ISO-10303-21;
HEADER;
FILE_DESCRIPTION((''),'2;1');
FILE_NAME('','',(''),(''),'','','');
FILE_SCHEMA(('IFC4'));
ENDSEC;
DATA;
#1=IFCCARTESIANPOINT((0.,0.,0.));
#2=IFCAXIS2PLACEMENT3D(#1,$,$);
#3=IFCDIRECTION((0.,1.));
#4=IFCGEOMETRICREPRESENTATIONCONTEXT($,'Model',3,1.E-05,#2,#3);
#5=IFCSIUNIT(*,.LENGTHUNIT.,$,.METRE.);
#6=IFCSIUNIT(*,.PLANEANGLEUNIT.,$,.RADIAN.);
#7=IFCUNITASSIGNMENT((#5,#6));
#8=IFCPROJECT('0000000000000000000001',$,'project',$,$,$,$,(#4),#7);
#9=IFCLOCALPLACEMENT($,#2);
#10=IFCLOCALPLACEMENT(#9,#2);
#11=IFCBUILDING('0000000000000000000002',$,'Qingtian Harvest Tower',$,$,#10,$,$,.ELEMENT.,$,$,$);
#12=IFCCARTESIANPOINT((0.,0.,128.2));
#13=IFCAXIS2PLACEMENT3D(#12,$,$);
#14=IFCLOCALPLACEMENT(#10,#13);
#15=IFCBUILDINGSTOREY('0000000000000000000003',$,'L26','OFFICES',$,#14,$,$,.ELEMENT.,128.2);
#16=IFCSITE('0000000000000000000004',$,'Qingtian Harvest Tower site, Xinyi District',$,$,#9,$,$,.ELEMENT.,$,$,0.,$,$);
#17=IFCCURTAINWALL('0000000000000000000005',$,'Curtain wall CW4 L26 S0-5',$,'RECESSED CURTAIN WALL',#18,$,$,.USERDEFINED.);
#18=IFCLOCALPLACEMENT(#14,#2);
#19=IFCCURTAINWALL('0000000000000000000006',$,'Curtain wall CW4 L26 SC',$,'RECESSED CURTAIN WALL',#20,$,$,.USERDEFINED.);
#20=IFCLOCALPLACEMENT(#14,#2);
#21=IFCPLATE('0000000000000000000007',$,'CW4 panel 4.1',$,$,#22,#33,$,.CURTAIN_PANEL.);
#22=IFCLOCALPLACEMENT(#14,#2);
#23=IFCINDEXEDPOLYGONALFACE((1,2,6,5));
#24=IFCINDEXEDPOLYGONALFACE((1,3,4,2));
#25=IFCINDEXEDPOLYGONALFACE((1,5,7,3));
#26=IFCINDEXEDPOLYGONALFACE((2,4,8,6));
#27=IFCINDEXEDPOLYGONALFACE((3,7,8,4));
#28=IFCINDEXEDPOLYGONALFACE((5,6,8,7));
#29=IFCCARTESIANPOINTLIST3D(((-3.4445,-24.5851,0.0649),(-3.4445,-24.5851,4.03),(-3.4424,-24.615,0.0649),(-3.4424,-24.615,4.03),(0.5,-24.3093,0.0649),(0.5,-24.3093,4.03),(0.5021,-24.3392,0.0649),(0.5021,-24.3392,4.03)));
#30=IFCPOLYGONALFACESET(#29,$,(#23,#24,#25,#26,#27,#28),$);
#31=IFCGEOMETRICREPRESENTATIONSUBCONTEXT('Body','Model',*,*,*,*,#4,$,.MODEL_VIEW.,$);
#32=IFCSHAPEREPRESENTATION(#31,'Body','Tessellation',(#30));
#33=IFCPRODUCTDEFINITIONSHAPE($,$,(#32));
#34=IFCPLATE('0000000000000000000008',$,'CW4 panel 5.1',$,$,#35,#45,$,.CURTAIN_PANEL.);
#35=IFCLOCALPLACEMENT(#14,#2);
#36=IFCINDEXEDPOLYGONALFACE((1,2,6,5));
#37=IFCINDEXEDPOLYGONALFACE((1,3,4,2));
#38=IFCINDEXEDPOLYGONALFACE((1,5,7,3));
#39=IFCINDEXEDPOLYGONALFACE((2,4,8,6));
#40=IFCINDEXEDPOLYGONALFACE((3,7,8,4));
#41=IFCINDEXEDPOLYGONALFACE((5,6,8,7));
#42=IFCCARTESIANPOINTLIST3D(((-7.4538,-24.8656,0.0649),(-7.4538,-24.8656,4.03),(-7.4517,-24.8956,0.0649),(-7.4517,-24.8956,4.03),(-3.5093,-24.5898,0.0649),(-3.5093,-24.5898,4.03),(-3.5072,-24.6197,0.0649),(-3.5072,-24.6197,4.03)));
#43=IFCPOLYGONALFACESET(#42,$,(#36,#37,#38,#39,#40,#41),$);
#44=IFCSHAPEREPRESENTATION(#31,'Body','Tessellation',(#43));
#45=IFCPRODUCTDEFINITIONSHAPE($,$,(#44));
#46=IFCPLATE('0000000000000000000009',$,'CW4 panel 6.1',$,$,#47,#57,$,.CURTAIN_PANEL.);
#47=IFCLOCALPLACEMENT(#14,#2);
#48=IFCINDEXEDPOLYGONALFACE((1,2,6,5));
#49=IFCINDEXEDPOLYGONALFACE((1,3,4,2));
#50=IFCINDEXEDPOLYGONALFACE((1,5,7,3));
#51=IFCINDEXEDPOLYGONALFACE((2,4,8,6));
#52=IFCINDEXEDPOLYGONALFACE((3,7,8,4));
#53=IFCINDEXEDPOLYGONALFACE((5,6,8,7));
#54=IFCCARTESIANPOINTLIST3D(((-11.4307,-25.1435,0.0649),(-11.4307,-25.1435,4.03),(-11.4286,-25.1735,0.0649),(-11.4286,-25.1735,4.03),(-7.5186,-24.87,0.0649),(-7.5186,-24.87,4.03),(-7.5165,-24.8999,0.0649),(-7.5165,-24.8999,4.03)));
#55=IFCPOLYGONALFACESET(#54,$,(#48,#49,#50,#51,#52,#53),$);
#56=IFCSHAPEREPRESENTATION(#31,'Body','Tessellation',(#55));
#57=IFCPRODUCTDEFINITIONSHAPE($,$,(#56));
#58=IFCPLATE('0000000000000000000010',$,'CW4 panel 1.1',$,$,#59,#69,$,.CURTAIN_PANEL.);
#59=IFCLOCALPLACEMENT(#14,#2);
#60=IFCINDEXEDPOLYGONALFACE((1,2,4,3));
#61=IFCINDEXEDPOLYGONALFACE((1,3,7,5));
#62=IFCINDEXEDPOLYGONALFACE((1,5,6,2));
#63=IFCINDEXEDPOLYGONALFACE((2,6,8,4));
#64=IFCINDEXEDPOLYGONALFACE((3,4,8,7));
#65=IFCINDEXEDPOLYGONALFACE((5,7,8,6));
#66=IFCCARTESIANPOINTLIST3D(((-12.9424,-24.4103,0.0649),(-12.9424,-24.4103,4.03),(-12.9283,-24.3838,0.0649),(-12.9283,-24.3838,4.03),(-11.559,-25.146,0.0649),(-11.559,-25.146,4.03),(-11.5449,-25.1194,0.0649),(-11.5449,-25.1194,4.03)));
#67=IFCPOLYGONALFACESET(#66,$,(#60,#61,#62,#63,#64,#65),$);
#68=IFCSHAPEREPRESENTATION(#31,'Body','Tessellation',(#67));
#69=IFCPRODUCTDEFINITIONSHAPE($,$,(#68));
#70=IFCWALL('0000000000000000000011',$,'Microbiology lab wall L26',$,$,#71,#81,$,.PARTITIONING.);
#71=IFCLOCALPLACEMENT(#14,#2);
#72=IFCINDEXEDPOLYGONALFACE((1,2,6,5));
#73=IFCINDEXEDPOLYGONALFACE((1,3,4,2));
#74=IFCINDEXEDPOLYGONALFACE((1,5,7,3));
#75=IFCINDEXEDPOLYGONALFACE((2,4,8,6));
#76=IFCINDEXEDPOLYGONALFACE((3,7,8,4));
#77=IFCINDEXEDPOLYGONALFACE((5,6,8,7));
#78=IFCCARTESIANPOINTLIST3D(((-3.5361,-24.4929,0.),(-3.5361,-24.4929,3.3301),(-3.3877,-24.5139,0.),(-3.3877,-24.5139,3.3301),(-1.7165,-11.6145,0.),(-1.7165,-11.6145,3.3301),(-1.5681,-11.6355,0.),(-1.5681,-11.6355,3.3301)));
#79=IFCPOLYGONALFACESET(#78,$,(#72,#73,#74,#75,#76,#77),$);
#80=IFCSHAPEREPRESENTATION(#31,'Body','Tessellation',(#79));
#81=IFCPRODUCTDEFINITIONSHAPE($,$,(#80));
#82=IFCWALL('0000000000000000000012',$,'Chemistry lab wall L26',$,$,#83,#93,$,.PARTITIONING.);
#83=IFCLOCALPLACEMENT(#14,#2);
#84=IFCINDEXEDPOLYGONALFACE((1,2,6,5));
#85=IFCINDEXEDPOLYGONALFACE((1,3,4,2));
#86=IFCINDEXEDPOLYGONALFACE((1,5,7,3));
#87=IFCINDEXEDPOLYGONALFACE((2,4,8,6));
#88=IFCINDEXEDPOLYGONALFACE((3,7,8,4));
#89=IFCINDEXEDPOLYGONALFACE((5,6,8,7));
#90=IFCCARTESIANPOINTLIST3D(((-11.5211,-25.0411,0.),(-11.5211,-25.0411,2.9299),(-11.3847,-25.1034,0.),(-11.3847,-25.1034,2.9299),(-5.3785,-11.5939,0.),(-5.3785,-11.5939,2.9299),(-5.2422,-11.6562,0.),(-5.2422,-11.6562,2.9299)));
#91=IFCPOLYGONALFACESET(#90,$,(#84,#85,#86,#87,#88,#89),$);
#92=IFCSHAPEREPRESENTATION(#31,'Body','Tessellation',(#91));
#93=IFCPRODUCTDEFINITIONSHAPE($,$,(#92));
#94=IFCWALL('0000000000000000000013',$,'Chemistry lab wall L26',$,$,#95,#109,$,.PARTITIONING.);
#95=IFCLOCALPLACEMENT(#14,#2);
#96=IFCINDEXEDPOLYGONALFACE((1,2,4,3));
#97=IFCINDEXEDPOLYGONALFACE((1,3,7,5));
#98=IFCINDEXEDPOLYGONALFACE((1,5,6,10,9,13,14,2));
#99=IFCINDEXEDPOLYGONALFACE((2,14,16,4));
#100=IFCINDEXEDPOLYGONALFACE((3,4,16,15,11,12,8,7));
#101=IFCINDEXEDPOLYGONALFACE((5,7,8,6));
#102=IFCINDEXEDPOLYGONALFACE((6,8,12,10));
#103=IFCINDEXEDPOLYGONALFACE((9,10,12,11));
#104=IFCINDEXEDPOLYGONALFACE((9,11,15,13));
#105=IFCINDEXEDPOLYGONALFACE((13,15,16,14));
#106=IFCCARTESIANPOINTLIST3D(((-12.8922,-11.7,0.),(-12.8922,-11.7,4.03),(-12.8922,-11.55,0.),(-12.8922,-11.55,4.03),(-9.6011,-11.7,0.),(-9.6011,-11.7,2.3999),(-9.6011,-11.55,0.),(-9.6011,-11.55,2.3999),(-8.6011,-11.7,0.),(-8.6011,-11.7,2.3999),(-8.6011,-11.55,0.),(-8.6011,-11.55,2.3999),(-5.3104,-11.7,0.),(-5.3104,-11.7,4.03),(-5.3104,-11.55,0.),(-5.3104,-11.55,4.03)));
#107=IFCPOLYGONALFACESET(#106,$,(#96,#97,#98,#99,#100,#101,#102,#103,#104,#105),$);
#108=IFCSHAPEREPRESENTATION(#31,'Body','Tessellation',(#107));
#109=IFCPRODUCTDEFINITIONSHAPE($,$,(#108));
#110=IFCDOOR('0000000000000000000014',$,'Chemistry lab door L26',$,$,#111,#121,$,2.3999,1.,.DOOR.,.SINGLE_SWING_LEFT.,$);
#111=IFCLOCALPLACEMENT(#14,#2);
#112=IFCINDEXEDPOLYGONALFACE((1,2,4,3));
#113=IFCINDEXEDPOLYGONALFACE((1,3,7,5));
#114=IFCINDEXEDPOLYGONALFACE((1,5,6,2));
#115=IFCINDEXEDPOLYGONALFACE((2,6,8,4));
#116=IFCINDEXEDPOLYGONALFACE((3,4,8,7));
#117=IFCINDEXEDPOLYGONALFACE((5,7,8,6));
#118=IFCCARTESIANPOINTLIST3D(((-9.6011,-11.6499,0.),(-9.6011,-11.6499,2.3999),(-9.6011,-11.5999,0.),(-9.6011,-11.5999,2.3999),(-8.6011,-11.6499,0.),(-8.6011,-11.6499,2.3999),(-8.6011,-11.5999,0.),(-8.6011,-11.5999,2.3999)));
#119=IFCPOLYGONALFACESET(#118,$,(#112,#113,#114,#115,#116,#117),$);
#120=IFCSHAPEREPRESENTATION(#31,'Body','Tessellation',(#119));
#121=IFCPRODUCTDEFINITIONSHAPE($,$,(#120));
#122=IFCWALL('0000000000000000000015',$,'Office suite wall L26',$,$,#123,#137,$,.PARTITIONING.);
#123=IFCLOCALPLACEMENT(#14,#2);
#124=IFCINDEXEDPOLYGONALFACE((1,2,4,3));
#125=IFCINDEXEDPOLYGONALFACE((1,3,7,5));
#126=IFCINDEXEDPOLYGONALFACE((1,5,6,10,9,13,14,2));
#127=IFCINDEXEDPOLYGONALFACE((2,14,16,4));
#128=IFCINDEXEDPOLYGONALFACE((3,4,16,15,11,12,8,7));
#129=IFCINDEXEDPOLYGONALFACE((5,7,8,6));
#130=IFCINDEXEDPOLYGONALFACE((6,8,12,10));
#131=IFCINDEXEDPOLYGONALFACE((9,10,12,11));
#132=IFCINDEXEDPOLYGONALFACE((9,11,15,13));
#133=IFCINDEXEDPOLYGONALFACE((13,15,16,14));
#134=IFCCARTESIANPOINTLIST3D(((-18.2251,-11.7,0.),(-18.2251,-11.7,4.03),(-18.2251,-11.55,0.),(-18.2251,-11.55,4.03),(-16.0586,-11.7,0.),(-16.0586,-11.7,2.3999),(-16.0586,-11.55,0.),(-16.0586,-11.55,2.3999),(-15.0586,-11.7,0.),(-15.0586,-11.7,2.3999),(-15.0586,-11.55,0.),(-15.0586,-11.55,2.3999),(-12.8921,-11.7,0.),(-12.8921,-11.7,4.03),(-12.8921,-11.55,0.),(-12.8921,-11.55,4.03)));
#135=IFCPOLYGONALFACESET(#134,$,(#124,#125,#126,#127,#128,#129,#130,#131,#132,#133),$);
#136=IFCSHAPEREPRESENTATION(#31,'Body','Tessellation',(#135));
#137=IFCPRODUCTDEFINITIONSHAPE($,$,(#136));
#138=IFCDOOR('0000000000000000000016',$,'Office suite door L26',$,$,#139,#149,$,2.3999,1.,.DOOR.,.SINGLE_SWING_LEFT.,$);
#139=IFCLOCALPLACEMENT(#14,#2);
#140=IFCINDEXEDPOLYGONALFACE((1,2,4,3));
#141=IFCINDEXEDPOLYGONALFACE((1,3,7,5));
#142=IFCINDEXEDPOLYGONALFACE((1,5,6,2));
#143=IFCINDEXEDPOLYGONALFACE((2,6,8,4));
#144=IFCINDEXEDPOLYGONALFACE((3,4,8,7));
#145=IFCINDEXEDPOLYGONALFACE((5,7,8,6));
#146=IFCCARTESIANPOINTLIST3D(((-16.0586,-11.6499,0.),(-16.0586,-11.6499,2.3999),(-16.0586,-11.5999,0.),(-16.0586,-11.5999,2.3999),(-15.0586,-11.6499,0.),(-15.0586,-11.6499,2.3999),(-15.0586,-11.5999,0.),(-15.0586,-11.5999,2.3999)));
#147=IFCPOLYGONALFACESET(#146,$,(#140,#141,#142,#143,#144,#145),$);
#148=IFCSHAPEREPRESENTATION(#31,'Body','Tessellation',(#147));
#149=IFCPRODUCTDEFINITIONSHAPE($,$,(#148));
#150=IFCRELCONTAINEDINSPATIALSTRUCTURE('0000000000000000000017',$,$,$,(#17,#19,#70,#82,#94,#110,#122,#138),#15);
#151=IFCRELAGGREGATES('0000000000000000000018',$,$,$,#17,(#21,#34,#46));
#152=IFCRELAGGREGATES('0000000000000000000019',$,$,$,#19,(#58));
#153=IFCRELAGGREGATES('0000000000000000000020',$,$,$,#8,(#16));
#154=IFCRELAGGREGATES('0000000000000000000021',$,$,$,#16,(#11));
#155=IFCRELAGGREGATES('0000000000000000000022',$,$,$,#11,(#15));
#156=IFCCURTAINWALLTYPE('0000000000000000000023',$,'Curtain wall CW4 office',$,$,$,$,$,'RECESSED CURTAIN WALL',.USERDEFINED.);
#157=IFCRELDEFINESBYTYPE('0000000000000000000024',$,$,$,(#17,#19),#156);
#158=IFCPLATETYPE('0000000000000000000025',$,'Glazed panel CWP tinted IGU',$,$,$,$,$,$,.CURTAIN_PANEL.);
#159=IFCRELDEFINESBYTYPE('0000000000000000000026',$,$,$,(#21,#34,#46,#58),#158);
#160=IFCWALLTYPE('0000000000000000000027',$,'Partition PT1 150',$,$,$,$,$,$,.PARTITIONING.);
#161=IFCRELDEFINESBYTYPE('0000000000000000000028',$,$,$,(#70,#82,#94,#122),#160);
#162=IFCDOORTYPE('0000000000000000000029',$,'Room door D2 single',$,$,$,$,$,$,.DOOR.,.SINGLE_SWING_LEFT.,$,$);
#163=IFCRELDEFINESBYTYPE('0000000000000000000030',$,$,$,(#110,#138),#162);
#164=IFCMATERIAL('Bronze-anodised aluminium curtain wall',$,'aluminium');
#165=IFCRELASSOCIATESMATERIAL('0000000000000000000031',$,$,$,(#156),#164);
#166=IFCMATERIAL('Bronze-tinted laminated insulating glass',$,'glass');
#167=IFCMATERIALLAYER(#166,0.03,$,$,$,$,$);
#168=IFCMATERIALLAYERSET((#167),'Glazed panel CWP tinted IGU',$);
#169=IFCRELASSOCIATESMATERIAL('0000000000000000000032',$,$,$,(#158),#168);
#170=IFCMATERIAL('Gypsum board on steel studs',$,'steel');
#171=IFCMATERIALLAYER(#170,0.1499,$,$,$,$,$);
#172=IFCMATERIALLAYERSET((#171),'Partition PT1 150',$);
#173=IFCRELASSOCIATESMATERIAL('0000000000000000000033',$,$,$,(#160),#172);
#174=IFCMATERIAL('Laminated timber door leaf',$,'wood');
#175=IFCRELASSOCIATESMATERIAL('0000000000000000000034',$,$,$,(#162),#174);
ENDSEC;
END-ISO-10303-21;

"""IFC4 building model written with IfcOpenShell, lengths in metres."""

from ifc_helpers import new_model, si_unit, direction, frame, frame_2d, origin, origin_2d, place, context, subcontext, project, spatial, rectangle, extrude, material, layer, layer_set, type_object, element, fill, aggregate, save


model = new_model("IFC4")

# Units and contexts
model_context = context("Model", 3, precision=1e-05, world=origin(), true_north=direction((0.0, 1.0)))
body_context = subcontext(model_context, "Body", "Model", "MODEL_VIEW")
ifc_project = project(units=[si_unit("LENGTHUNIT", "METRE"), si_unit("PLANEANGLEUNIT", "RADIAN")], contexts=[model_context])

# Site, building, storey
site_placement = place(None, origin())
site = spatial("IfcSite", under=ifc_project, at=site_placement, Name="Qingtian Harvest Tower site, Xinyi District", CompositionType="ELEMENT", RefElevation=0.0)
building_placement = place(site_placement, origin())
building = spatial("IfcBuilding", under=site, at=building_placement, Name="Qingtian Harvest Tower", CompositionType="ELEMENT")
storey_placement = place(building_placement, frame((0.0, 0.0, 128.2)))
storey = spatial("IfcBuildingStorey", under=building, at=storey_placement, Name="L26", Description="OFFICES", CompositionType="ELEMENT", Elevation=128.2)

# Curtain walls
ifc_material_1 = material(Name="Bronze-anodised aluminium curtain wall", Category="aluminium")
curtain_wall_type = type_object("IfcCurtainWallType", Name="Curtain wall CW4 office", ElementType="RECESSED CURTAIN WALL", PredefinedType="USERDEFINED", material=ifc_material_1)
curtain_wall_1_placement = place(storey_placement, origin())
curtain_wall_1 = element("IfcCurtainWall", 1, at=curtain_wall_1_placement, inside=storey, type_object=curtain_wall_type, Name="Curtain wall CW4 L26 S0-5", ObjectType="RECESSED CURTAIN WALL", PredefinedType="USERDEFINED")
curtain_wall_2_placement = place(storey_placement, origin())
curtain_wall_2 = element("IfcCurtainWall", 2, at=curtain_wall_2_placement, inside=storey, type_object=curtain_wall_type, Name="Curtain wall CW4 L26 SC", ObjectType="RECESSED CURTAIN WALL", PredefinedType="USERDEFINED")

# Plates
ifc_material_2 = material(Name="Bronze-tinted laminated insulating glass", Category="glass")
ifc_layer_1 = layer(ifc_material_2, 0.03)
ifc_layer_set_1 = layer_set([ifc_layer_1], Name="Glazed panel CWP tinted IGU")
plate_type = type_object("IfcPlateType", Name="Glazed panel CWP tinted IGU", PredefinedType="CURTAIN_PANEL", material=ifc_layer_set_1)
plate_1_placement = place(storey_placement, frame((-1.4712, -24.4622, 0.0649), z_axis=(0.0, 0.0, 1.0), x_axis=(-0.997564, -0.069756, 0.0)))
plate_1 = element("IfcPlate", 3, at=plate_1_placement, type_object=plate_type, Name="CW4 panel 4.1", PredefinedType="CURTAIN_PANEL", context=body_context, shape_type="SweptSolid", body=[
    extrude(rectangle(XDim=3.9541, YDim=0.03, at=origin_2d()), origin(), (0.0, 0.0, 1.0), 3.9651),
])
plate_2_placement = place(storey_placement, frame((-5.4805, -24.7427, 0.0649), z_axis=(0.0, 0.0, 1.0), x_axis=(-0.997564, -0.069756, 0.0)))
plate_2 = element("IfcPlate", 4, at=plate_2_placement, type_object=plate_type, Name="CW4 panel 5.1", PredefinedType="CURTAIN_PANEL", context=body_context, shape_type="SweptSolid", body=[
    extrude(rectangle(XDim=3.9541, YDim=0.03, at=origin_2d()), origin(), (0.0, 0.0, 1.0), 3.9651),
])
plate_3_placement = place(storey_placement, frame((-9.4736, -25.0217, 0.0649), z_axis=(0.0, 0.0, 1.0), x_axis=(-0.997564, -0.069756, 0.0)))
plate_3 = element("IfcPlate", 5, at=plate_3_placement, type_object=plate_type, Name="CW4 panel 6.1", PredefinedType="CURTAIN_PANEL", context=body_context, shape_type="SweptSolid", body=[
    extrude(rectangle(XDim=3.9216, YDim=0.03, at=origin_2d()), origin(), (0.0, 0.0, 1.0), 3.9651),
])
aggregate(curtain_wall_1, [plate_1, plate_2, plate_3])
plate_4_placement = place(storey_placement, frame((-12.2437, -24.7649, 0.0649), z_axis=(0.0, 0.0, 1.0), x_axis=(-0.882948, 0.469472, 0.0)))
plate_4 = element("IfcPlate", 6, at=plate_4_placement, type_object=plate_type, Name="CW4 panel 1.1", PredefinedType="CURTAIN_PANEL", context=body_context, shape_type="SweptSolid", body=[
    extrude(rectangle(XDim=1.5669, YDim=0.03, at=origin_2d()), origin(), (0.0, 0.0, 1.0), 3.9651),
])
aggregate(curtain_wall_2, [plate_4])

# Wall
ifc_material_3 = material(Name="Gypsum board on steel studs", Category="steel")
ifc_layer_2 = layer(ifc_material_3, 0.1499)
ifc_layer_set_2 = layer_set([ifc_layer_2], Name="Partition PT1 150")
wall_type = type_object("IfcWallType", Name="Partition PT1 150", PredefinedType="PARTITIONING", material=ifc_layer_set_2)
wall_1_placement = place(storey_placement, frame((-3.4619, -24.5034, 0.0), z_axis=(0.0, 0.0, 1.0), x_axis=(0.1399, 0.990166, 0.0)))
element("IfcWall", 7, at=wall_1_placement, inside=storey, type_object=wall_type, Name="Microbiology lab wall L26", PredefinedType="PARTITIONING", context=body_context, shape_type="SweptSolid", body=[
    extrude(rectangle(XDim=13.0063, YDim=0.1499, at=frame_2d((6.5032, 0.0))), origin(), (0.0, 0.0, 1.0), 3.3301),
])

# Shared definitions
ifc_material_4 = material(Name="Laminated timber door leaf", Category="wood")
door_type = type_object("IfcDoorType", Name="Room door D2 single", OperationType="SINGLE_SWING_LEFT", PredefinedType="DOOR", material=ifc_material_4)

# Wall
wall_2_placement = place(storey_placement, frame((-11.4529, -25.0723, 0.0), z_axis=(0.0, 0.0, 1.0), x_axis=(0.415494, 0.909596, 0.0)))
element("IfcWall", 8, at=wall_2_placement, inside=storey, type_object=wall_type, Name="Chemistry lab wall L26", PredefinedType="PARTITIONING", context=body_context, shape_type="SweptSolid", body=[
    extrude(rectangle(XDim=14.7837, YDim=0.1499, at=frame_2d((7.3918, 0.0))), origin(), (0.0, 0.0, 1.0), 2.9299),
])

# Walls, openings, doors
wall_3_placement = place(storey_placement, frame((-5.3103, -11.625, 0.0), z_axis=(0.0, 0.0, 1.0), x_axis=(-1.0, 0.0, 0.0)))
wall_3 = element("IfcWall", 9, at=wall_3_placement, inside=storey, type_object=wall_type, Name="Chemistry lab wall L26", PredefinedType="PARTITIONING", context=body_context, shape_type="SweptSolid", body=[
    extrude(rectangle(XDim=7.5818, YDim=0.1499, at=frame_2d((3.791, 0.0))), origin(), (0.0, 0.0, 1.0), 4.03),
])
opening_1_placement = place(wall_3_placement, frame((3.2908, 0.0, 0.0)))
opening_1 = element("IfcOpeningElement", 10, at=opening_1_placement, cuts=wall_3, PredefinedType="OPENING", context=body_context, shape_type="SweptSolid", body=[
    extrude(rectangle(XDim=1.0, YDim=2.3999, at=frame_2d((0.5, 1.2))), frame((0.0, 0.085, 0.0), z_axis=(0.0, -1.0, 0.0), x_axis=(1.0, 0.0, 0.0)), (0.0, 0.0, 1.0), 0.1699),
])
door_1_placement = place(opening_1_placement, origin())
door_1 = element("IfcDoor", 11, at=door_1_placement, inside=storey, type_object=door_type, Name="Chemistry lab door L26", OperationType="SINGLE_SWING_LEFT", OverallHeight=2.3999, OverallWidth=1.0, PredefinedType="DOOR", context=body_context, shape_type="SweptSolid", body=[
    extrude(rectangle(XDim=1.0, YDim=2.3999, at=frame_2d((0.5, 1.2))), frame((0.0, 0.0249, 0.0), z_axis=(0.0, -1.0, 0.0), x_axis=(1.0, 0.0, 0.0)), (0.0, 0.0, 1.0), 0.05),
])
fill(opening_1, door_1)
wall_4_placement = place(storey_placement, frame((-12.8921, -11.625, 0.0), z_axis=(0.0, 0.0, 1.0), x_axis=(-1.0, 0.0, 0.0)))
wall_4 = element("IfcWall", 12, at=wall_4_placement, inside=storey, type_object=wall_type, Name="Office suite wall L26", PredefinedType="PARTITIONING", context=body_context, shape_type="SweptSolid", body=[
    extrude(rectangle(XDim=5.333, YDim=0.1499, at=frame_2d((2.6665, 0.0))), origin(), (0.0, 0.0, 1.0), 4.03),
])
opening_2_placement = place(wall_4_placement, frame((2.1665, 0.0, 0.0)))
opening_2 = element("IfcOpeningElement", 13, at=opening_2_placement, cuts=wall_4, PredefinedType="OPENING", context=body_context, shape_type="SweptSolid", body=[
    extrude(rectangle(XDim=1.0, YDim=2.3999, at=frame_2d((0.5, 1.2))), frame((0.0, 0.085, 0.0), z_axis=(0.0, -1.0, 0.0), x_axis=(1.0, 0.0, 0.0)), (0.0, 0.0, 1.0), 0.1699),
])
door_2_placement = place(opening_2_placement, origin())
door_2 = element("IfcDoor", 14, at=door_2_placement, inside=storey, type_object=door_type, Name="Office suite door L26", OperationType="SINGLE_SWING_LEFT", OverallHeight=2.3999, OverallWidth=1.0, PredefinedType="DOOR", context=body_context, shape_type="SweptSolid", body=[
    extrude(rectangle(XDim=1.0, YDim=2.3999, at=frame_2d((0.5, 1.2))), frame((0.0, 0.0249, 0.0), z_axis=(0.0, -1.0, 0.0), x_axis=(1.0, 0.0, 0.0)), (0.0, 0.0, 1.0), 0.05),
])
fill(opening_2, door_2)

save(model, "model.ifc")
